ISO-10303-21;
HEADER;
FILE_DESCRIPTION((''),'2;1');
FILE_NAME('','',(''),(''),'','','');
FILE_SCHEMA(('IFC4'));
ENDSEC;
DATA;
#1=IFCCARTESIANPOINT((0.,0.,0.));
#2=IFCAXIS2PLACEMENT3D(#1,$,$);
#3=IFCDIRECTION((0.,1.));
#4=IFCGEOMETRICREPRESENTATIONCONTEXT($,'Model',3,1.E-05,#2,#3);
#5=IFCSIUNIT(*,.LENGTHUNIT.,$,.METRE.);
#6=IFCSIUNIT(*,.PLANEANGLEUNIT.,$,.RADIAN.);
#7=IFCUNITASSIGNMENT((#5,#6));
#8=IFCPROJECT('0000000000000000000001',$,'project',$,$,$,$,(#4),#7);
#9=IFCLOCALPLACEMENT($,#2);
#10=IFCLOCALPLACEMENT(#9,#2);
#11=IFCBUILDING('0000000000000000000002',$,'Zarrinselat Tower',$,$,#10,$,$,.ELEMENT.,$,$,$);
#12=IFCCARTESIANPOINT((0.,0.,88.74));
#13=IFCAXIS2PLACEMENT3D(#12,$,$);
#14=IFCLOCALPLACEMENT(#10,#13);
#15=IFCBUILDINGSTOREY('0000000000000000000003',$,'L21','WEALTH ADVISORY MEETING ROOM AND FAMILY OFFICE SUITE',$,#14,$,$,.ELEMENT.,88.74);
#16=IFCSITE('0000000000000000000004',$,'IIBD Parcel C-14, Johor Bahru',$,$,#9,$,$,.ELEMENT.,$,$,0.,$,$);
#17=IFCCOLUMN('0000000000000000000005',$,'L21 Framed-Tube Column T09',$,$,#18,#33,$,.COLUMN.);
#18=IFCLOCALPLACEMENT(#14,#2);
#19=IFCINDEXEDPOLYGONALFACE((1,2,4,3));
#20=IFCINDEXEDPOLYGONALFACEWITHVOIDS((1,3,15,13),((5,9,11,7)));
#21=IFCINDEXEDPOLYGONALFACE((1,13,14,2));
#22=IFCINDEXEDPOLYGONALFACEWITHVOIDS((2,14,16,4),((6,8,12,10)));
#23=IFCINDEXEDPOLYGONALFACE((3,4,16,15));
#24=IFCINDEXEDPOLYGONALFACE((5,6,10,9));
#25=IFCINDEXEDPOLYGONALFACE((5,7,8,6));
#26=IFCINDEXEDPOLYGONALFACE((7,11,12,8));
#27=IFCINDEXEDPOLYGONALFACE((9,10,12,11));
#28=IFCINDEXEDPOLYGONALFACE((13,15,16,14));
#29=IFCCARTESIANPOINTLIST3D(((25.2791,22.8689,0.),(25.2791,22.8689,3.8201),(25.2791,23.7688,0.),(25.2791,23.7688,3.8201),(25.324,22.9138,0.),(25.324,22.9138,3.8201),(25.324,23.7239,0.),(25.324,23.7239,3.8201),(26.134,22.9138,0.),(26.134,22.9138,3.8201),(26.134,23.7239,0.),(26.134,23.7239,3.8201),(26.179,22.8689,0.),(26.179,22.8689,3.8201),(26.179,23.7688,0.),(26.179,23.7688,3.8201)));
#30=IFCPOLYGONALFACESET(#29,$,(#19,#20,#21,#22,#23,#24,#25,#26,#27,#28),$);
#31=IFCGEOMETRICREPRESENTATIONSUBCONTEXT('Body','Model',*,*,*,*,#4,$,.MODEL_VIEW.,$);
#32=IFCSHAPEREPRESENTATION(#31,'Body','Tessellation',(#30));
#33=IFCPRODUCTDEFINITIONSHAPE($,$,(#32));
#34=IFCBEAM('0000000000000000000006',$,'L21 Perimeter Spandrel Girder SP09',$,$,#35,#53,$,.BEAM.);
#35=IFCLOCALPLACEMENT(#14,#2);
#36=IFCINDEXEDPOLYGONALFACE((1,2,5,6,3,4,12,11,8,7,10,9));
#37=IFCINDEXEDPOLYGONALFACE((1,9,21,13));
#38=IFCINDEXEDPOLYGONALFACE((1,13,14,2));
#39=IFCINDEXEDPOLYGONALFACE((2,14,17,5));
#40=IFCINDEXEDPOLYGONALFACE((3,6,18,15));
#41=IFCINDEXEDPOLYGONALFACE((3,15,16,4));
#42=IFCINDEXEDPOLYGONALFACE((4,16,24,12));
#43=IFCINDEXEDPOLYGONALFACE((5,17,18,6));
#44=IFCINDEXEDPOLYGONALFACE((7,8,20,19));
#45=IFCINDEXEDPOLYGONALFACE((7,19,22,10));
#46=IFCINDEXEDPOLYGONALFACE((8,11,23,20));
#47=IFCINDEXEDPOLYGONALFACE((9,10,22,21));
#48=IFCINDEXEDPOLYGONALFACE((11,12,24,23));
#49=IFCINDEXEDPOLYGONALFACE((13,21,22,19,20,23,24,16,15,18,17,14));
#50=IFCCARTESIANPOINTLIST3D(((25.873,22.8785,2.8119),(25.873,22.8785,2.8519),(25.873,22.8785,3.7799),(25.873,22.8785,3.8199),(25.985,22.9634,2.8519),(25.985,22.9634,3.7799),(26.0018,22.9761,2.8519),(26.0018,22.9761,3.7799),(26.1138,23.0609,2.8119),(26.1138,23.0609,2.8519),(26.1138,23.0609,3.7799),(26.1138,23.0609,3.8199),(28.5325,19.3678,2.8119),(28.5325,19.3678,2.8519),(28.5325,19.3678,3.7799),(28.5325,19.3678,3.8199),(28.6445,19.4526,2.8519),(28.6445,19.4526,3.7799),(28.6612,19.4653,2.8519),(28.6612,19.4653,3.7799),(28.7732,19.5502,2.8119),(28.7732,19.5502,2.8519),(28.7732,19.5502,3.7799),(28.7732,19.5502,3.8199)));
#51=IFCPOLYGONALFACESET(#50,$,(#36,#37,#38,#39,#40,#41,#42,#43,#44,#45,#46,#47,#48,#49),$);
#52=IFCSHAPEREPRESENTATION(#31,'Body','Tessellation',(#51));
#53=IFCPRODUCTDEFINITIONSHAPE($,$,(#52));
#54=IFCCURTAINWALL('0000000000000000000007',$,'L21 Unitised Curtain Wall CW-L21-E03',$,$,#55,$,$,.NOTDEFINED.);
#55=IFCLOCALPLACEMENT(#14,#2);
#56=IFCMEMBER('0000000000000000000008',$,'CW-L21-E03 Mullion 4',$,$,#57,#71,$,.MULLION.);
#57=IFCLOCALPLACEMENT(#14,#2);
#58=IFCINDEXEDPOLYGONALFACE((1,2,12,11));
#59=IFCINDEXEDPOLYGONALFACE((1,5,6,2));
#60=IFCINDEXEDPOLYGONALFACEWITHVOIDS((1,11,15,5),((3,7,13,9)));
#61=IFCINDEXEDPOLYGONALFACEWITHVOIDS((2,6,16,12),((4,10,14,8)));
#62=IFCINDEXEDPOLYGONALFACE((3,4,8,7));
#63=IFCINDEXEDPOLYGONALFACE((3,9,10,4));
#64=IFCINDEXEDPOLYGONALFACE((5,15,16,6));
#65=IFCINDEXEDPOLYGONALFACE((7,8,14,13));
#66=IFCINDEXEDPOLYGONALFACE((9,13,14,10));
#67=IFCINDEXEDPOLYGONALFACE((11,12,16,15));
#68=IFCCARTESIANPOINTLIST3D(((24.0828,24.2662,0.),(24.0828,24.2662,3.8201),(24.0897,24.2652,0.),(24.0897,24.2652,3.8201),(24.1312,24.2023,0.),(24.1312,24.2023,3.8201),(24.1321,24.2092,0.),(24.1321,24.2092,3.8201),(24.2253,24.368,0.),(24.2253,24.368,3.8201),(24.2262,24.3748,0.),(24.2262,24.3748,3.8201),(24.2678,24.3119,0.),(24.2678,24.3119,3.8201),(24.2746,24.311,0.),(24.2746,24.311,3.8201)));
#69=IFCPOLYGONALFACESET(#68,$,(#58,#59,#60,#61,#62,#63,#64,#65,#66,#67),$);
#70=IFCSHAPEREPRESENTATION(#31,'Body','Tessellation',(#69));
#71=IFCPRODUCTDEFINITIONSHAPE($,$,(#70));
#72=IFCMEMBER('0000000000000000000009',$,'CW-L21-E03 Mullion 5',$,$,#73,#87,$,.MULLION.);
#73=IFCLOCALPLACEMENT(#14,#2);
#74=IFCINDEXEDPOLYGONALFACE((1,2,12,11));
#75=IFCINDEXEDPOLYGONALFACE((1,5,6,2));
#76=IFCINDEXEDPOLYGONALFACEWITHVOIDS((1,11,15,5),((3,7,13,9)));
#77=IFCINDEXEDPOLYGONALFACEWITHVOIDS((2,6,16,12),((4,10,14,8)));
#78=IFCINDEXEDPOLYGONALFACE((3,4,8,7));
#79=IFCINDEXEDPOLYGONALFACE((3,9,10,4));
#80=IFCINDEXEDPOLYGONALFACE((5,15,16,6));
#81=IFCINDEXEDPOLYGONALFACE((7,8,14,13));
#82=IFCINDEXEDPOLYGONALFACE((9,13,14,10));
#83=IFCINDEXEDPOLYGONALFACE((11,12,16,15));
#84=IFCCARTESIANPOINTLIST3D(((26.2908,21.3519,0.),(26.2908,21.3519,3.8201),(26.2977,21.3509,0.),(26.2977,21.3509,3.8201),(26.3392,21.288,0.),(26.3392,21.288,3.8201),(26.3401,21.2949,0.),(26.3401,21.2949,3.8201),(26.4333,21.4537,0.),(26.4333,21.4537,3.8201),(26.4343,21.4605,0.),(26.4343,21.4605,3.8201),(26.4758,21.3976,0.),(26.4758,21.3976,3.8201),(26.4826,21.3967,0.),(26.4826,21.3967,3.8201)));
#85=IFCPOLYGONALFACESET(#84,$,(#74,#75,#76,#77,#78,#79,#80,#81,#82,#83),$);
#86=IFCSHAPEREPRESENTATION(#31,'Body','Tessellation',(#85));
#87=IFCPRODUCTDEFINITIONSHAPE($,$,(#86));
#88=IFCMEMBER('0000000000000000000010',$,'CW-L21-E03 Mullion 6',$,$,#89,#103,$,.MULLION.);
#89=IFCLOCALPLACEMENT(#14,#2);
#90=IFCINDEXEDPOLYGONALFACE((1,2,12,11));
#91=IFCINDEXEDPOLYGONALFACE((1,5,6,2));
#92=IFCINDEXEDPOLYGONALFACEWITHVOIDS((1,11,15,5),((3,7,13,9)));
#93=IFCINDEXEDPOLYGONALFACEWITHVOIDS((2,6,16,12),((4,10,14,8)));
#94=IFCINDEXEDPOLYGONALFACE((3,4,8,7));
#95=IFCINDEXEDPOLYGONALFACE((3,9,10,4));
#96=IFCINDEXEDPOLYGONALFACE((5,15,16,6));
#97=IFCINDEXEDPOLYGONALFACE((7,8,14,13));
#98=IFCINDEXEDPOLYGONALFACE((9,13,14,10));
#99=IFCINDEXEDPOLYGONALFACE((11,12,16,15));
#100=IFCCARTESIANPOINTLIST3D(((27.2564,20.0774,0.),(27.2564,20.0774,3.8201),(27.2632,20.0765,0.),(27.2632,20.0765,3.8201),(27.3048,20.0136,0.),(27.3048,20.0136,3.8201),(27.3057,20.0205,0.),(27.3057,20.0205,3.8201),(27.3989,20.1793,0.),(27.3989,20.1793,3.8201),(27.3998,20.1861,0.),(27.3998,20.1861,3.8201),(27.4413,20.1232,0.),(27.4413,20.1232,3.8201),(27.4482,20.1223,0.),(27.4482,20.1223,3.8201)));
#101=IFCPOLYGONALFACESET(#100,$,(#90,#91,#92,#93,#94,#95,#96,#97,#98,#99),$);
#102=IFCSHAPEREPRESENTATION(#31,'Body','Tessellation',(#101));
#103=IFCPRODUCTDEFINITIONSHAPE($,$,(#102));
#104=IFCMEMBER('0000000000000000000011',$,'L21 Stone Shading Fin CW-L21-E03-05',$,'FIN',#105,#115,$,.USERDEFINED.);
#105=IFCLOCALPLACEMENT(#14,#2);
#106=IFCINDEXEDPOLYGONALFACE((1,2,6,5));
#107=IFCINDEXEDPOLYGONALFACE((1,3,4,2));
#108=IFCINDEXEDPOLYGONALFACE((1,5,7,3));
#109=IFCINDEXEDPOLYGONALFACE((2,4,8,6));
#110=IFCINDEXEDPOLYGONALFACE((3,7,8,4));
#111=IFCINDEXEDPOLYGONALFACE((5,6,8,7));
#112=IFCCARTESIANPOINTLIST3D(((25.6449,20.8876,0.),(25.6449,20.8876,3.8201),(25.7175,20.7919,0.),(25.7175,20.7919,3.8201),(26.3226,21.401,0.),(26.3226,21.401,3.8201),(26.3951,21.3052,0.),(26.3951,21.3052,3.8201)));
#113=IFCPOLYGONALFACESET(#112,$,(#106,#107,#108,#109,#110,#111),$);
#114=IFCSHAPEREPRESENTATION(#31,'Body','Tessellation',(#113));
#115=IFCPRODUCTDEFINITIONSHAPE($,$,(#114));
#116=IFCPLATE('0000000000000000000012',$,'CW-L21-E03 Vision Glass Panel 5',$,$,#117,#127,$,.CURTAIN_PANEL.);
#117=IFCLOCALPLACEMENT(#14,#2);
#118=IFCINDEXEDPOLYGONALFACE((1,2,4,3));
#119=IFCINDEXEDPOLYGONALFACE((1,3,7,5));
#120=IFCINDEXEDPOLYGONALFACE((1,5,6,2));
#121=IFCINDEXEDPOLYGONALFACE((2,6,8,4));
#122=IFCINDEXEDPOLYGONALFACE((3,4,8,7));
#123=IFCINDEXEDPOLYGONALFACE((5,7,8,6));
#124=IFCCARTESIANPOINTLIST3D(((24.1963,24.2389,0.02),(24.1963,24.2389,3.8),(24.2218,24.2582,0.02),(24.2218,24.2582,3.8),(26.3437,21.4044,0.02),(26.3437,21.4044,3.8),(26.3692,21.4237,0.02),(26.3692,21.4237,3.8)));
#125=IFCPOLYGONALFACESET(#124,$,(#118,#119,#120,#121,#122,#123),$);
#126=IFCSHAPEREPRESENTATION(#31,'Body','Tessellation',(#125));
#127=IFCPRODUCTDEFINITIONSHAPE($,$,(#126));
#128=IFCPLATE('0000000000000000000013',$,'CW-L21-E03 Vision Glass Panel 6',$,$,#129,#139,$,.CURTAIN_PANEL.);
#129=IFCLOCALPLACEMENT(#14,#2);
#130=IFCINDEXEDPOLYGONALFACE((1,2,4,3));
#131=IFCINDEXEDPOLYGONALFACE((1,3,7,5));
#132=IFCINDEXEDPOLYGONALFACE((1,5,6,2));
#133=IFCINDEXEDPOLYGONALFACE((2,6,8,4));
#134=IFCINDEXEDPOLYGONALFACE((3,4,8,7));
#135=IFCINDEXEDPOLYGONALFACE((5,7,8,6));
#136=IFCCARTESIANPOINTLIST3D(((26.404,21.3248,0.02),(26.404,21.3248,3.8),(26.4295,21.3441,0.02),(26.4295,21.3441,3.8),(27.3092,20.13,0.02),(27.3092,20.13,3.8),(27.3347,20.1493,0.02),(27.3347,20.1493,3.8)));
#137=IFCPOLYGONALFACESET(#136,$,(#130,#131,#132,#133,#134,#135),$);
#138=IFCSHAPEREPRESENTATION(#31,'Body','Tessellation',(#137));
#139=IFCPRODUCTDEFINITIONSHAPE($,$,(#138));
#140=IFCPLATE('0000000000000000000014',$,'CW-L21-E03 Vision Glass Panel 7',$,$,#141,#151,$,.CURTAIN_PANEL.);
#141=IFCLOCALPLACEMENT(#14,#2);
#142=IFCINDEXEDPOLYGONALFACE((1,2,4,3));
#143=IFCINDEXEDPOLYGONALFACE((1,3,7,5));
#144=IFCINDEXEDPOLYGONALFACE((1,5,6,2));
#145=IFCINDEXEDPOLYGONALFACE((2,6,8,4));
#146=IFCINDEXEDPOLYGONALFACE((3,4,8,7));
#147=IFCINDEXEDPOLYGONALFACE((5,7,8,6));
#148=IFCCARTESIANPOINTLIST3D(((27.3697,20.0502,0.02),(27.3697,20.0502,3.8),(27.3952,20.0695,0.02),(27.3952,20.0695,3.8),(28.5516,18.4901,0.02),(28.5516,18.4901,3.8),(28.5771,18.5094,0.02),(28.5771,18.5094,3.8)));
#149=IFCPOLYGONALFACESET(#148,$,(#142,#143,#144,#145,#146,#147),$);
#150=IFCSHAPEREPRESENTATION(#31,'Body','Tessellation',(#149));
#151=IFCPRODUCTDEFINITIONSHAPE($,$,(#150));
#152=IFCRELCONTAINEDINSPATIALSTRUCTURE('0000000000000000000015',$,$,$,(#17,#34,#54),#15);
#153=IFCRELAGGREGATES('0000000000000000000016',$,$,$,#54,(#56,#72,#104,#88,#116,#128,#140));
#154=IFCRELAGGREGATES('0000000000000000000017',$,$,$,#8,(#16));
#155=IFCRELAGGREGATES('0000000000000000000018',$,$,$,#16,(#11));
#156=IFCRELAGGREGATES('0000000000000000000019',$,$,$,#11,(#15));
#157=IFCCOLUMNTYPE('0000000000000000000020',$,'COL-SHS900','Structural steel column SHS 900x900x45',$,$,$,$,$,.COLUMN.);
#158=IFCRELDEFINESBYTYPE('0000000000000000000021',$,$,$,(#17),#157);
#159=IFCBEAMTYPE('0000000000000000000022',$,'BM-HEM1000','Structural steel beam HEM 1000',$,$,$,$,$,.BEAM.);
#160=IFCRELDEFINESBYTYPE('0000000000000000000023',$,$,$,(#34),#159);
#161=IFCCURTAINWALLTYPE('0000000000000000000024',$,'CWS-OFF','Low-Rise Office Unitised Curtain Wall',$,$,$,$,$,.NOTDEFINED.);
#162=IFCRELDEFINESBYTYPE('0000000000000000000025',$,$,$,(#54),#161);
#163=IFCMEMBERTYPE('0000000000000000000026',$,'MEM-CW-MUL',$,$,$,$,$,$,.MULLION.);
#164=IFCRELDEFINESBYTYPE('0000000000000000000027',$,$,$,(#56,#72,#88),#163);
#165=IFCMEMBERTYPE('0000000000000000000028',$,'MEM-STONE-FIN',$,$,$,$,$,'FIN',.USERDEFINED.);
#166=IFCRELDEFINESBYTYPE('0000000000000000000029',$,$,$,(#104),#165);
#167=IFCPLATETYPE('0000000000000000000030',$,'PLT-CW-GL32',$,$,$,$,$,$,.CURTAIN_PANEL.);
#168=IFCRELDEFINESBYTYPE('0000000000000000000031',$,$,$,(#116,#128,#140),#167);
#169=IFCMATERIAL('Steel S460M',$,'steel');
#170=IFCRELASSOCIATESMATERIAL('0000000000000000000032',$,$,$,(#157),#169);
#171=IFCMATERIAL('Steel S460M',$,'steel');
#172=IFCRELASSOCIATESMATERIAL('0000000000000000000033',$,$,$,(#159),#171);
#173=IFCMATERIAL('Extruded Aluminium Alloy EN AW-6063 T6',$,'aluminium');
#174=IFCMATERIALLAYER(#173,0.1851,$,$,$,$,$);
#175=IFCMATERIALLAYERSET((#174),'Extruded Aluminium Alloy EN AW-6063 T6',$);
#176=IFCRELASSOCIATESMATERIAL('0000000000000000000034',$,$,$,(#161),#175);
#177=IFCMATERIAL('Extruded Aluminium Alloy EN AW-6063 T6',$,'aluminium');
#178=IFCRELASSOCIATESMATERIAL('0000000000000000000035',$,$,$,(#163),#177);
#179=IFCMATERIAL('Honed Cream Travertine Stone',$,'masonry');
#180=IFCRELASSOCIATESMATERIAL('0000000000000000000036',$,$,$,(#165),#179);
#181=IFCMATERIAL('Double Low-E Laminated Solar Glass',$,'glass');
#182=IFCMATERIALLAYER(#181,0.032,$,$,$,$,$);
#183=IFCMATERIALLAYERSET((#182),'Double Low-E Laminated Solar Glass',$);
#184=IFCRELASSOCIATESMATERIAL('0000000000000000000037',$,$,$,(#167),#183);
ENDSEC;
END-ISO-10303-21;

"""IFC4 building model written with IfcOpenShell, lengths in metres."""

from ifc_helpers import new_model, si_unit, direction, frame, origin, origin_2d, place, context, subcontext, project, spatial, rectangle, hollow_rectangle, i_section, extrude, material, layer, layer_set, material_profile, profile_set, type_object, element, aggregate, save


model = new_model("IFC4")

# Units and contexts
model_context = context("Model", 3, precision=1e-05, world=origin(), true_north=direction((0.0, 1.0)))
body_context = subcontext(model_context, "Body", "Model", "MODEL_VIEW")
ifc_project = project(units=[si_unit("LENGTHUNIT", "METRE"), si_unit("PLANEANGLEUNIT", "RADIAN")], contexts=[model_context])

# Site, building, storey
site_placement = place(None, origin())
site = spatial("IfcSite", under=ifc_project, at=site_placement, Name="IIBD Parcel C-14, Johor Bahru", CompositionType="ELEMENT", RefElevation=0.0)
building_placement = place(site_placement, origin())
building = spatial("IfcBuilding", under=site, at=building_placement, Name="Zarrinselat Tower", CompositionType="ELEMENT")
storey_placement = place(building_placement, frame((0.0, 0.0, 88.74)))
storey = spatial("IfcBuildingStorey", under=building, at=storey_placement, Name="L21", Description="WEALTH ADVISORY MEETING ROOM AND FAMILY OFFICE SUITE", CompositionType="ELEMENT", Elevation=88.74)

# Column
ifc_material_1 = material(Name="Steel S460M", Category="steel")
ifc_material_profile_1 = material_profile(ifc_material_1, hollow_rectangle(XDim=0.8999, YDim=0.8999, WallThickness=0.0449, at=origin_2d()), Name="SHS 900x900x45")
ifc_profile_set_1 = profile_set([ifc_material_profile_1], Name="Steel S460M")
column_type = type_object("IfcColumnType", Name="COL-SHS900", Description="Structural steel column SHS 900x900x45", PredefinedType="COLUMN", material=ifc_profile_set_1)
column_placement = place(storey_placement, frame((25.729, 23.3188, 0.0), z_axis=(0.0, 0.0, 1.0), x_axis=(1.0, 0.0, 0.0)))
element("IfcColumn", 1, at=column_placement, inside=storey, type_object=column_type, Name="L21 Framed-Tube Column T09", PredefinedType="COLUMN", context=body_context, shape_type="SweptSolid", body=[
    extrude(hollow_rectangle(XDim=0.8999, YDim=0.8999, WallThickness=0.0449, at=origin_2d()), origin(), (0.0, 0.0, 1.0), 3.8201),
])

# Beam
ifc_material_2 = material(Name="Steel S460M", Category="steel")
ifc_material_profile_2 = material_profile(ifc_material_2, i_section(OverallWidth=0.302, OverallDepth=1.0081, WebThickness=0.021, FlangeThickness=0.04, at=origin_2d()), Name="HEM 1000")
ifc_profile_set_2 = profile_set([ifc_material_profile_2], Name="Steel S460M")
beam_type = type_object("IfcBeamType", Name="BM-HEM1000", Description="Structural steel beam HEM 1000", PredefinedType="BEAM", material=ifc_profile_set_2)
beam_placement = place(storey_placement, frame((25.9934, 22.9697, 3.3159), z_axis=(0.603825, -0.797117, 0.0), x_axis=(0.797117, 0.603825, 0.0)))
element("IfcBeam", 2, at=beam_placement, inside=storey, type_object=beam_type, Name="L21 Perimeter Spandrel Girder SP09", PredefinedType="BEAM", context=body_context, shape_type="SweptSolid", body=[
    extrude(i_section(OverallWidth=0.302, OverallDepth=1.0081, WebThickness=0.021, FlangeThickness=0.04, at=origin_2d()), origin(), (0.0, 0.0, 1.0), 4.4043),
])

# Curtain wall, members, plates
ifc_material_3 = material(Name="Extruded Aluminium Alloy EN AW-6063 T6", Category="aluminium")
ifc_layer_1 = layer(ifc_material_3, 0.1851)
ifc_layer_set_1 = layer_set([ifc_layer_1], Name="Extruded Aluminium Alloy EN AW-6063 T6")
curtain_wall_type = type_object("IfcCurtainWallType", Name="CWS-OFF", Description="Low-Rise Office Unitised Curtain Wall", PredefinedType="NOTDEFINED", material=ifc_layer_set_1)
curtain_wall_placement = place(storey_placement, origin())
curtain_wall = element("IfcCurtainWall", 3, at=curtain_wall_placement, inside=storey, type_object=curtain_wall_type, Name="L21 Unitised Curtain Wall CW-L21-E03", PredefinedType="NOTDEFINED")
ifc_material_4 = material(Name="Extruded Aluminium Alloy EN AW-6063 T6", Category="aluminium")
ifc_material_profile_3 = material_profile(ifc_material_4, hollow_rectangle(XDim=0.0801, YDim=0.1799, WallThickness=0.0049, at=origin_2d()), Name="RHS 180x80x5")
ifc_profile_set_3 = profile_set([ifc_material_profile_3], Name="Extruded Aluminium Alloy EN AW-6063 T6")
member_type_1 = type_object("IfcMemberType", Name="MEM-CW-MUL", PredefinedType="MULLION", material=ifc_profile_set_3)
member_1_placement = place(storey_placement, frame((24.1787, 24.2886, 0.0), z_axis=(0.0, 0.0, 1.0), x_axis=(0.603856, -0.797093, 0.0)))
member_1 = element("IfcMember", 4, at=member_1_placement, type_object=member_type_1, Name="CW-L21-E03 Mullion 4", PredefinedType="MULLION", context=body_context, shape_type="SweptSolid", body=[
    extrude(hollow_rectangle(XDim=0.0801, YDim=0.1799, WallThickness=0.0049, at=origin_2d()), origin(), (0.0, 0.0, 1.0), 3.8201),
])
member_2_placement = place(storey_placement, frame((26.3867, 21.3743, 0.0), z_axis=(0.0, 0.0, 1.0), x_axis=(0.603856, -0.797093, 0.0)))
member_2 = element("IfcMember", 5, at=member_2_placement, type_object=member_type_1, Name="CW-L21-E03 Mullion 5", PredefinedType="MULLION", context=body_context, shape_type="SweptSolid", body=[
    extrude(hollow_rectangle(XDim=0.0801, YDim=0.1799, WallThickness=0.0049, at=origin_2d()), origin(), (0.0, 0.0, 1.0), 3.8201),
])
member_3_placement = place(storey_placement, frame((27.3523, 20.0999, 0.0), z_axis=(0.0, 0.0, 1.0), x_axis=(0.603856, -0.797093, 0.0)))
member_3 = element("IfcMember", 6, at=member_3_placement, type_object=member_type_1, Name="CW-L21-E03 Mullion 6", PredefinedType="MULLION", context=body_context, shape_type="SweptSolid", body=[
    extrude(hollow_rectangle(XDim=0.0801, YDim=0.1799, WallThickness=0.0049, at=origin_2d()), origin(), (0.0, 0.0, 1.0), 3.8201),
])
ifc_material_5 = material(Name="Honed Cream Travertine Stone", Category="masonry")
ifc_material_profile_4 = material_profile(ifc_material_5, rectangle(XDim=0.1201, YDim=0.8501, at=origin_2d()), Name="FIN 850x120")
ifc_profile_set_4 = profile_set([ifc_material_profile_4], Name="Honed Cream Travertine Stone")
member_type_2 = type_object("IfcMemberType", Name="MEM-STONE-FIN", ElementType="FIN", PredefinedType="USERDEFINED", material=ifc_profile_set_4)
member_4_placement = place(storey_placement, frame((26.02, 21.0964, 0.0), z_axis=(0.0, 0.0, 1.0), x_axis=(-0.603856, 0.797093, 0.0)))
member_4 = element("IfcMember", 7, at=member_4_placement, type_object=member_type_2, Name="L21 Stone Shading Fin CW-L21-E03-05", ObjectType="FIN", PredefinedType="USERDEFINED", context=body_context, shape_type="SweptSolid", body=[
    extrude(rectangle(XDim=0.1201, YDim=0.8501, at=origin_2d()), origin(), (0.0, 0.0, 1.0), 3.8201),
])
ifc_material_6 = material(Name="Double Low-E Laminated Solar Glass", Category="glass")
ifc_layer_2 = layer(ifc_material_6, 0.032)
ifc_layer_set_2 = layer_set([ifc_layer_2], Name="Double Low-E Laminated Solar Glass")
plate_type = type_object("IfcPlateType", Name="PLT-CW-GL32", PredefinedType="CURTAIN_PANEL", material=ifc_layer_set_2)
plate_1_placement = place(storey_placement, frame((25.2827, 22.8313, 0.02), z_axis=(0.0, 0.0, 1.0), x_axis=(0.603856, -0.797093, 0.0)))
plate_1 = element("IfcPlate", 8, at=plate_1_placement, type_object=plate_type, Name="CW-L21-E03 Vision Glass Panel 5", PredefinedType="CURTAIN_PANEL", context=body_context, shape_type="SweptSolid", body=[
    extrude(rectangle(XDim=3.5562, YDim=0.032, at=origin_2d()), origin(), (0.0, 0.0, 1.0), 3.78),
])
plate_2_placement = place(storey_placement, frame((26.8694, 20.7371, 0.02), z_axis=(0.0, 0.0, 1.0), x_axis=(0.603856, -0.797093, 0.0)))
plate_2 = element("IfcPlate", 9, at=plate_2_placement, type_object=plate_type, Name="CW-L21-E03 Vision Glass Panel 6", PredefinedType="CURTAIN_PANEL", context=body_context, shape_type="SweptSolid", body=[
    extrude(rectangle(XDim=1.499, YDim=0.032, at=origin_2d()), origin(), (0.0, 0.0, 1.0), 3.78),
])
plate_3_placement = place(storey_placement, frame((27.9734, 19.2798, 0.02), z_axis=(0.0, 0.0, 1.0), x_axis=(0.603856, -0.797093, 0.0)))
plate_3 = element("IfcPlate", 10, at=plate_3_placement, type_object=plate_type, Name="CW-L21-E03 Vision Glass Panel 7", PredefinedType="CURTAIN_PANEL", context=body_context, shape_type="SweptSolid", body=[
    extrude(rectangle(XDim=1.9573, YDim=0.032, at=origin_2d()), origin(), (0.0, 0.0, 1.0), 3.78),
])
aggregate(curtain_wall, [member_1, member_2, member_4, member_3, plate_1, plate_2, plate_3])

save(model, "model.ifc")
